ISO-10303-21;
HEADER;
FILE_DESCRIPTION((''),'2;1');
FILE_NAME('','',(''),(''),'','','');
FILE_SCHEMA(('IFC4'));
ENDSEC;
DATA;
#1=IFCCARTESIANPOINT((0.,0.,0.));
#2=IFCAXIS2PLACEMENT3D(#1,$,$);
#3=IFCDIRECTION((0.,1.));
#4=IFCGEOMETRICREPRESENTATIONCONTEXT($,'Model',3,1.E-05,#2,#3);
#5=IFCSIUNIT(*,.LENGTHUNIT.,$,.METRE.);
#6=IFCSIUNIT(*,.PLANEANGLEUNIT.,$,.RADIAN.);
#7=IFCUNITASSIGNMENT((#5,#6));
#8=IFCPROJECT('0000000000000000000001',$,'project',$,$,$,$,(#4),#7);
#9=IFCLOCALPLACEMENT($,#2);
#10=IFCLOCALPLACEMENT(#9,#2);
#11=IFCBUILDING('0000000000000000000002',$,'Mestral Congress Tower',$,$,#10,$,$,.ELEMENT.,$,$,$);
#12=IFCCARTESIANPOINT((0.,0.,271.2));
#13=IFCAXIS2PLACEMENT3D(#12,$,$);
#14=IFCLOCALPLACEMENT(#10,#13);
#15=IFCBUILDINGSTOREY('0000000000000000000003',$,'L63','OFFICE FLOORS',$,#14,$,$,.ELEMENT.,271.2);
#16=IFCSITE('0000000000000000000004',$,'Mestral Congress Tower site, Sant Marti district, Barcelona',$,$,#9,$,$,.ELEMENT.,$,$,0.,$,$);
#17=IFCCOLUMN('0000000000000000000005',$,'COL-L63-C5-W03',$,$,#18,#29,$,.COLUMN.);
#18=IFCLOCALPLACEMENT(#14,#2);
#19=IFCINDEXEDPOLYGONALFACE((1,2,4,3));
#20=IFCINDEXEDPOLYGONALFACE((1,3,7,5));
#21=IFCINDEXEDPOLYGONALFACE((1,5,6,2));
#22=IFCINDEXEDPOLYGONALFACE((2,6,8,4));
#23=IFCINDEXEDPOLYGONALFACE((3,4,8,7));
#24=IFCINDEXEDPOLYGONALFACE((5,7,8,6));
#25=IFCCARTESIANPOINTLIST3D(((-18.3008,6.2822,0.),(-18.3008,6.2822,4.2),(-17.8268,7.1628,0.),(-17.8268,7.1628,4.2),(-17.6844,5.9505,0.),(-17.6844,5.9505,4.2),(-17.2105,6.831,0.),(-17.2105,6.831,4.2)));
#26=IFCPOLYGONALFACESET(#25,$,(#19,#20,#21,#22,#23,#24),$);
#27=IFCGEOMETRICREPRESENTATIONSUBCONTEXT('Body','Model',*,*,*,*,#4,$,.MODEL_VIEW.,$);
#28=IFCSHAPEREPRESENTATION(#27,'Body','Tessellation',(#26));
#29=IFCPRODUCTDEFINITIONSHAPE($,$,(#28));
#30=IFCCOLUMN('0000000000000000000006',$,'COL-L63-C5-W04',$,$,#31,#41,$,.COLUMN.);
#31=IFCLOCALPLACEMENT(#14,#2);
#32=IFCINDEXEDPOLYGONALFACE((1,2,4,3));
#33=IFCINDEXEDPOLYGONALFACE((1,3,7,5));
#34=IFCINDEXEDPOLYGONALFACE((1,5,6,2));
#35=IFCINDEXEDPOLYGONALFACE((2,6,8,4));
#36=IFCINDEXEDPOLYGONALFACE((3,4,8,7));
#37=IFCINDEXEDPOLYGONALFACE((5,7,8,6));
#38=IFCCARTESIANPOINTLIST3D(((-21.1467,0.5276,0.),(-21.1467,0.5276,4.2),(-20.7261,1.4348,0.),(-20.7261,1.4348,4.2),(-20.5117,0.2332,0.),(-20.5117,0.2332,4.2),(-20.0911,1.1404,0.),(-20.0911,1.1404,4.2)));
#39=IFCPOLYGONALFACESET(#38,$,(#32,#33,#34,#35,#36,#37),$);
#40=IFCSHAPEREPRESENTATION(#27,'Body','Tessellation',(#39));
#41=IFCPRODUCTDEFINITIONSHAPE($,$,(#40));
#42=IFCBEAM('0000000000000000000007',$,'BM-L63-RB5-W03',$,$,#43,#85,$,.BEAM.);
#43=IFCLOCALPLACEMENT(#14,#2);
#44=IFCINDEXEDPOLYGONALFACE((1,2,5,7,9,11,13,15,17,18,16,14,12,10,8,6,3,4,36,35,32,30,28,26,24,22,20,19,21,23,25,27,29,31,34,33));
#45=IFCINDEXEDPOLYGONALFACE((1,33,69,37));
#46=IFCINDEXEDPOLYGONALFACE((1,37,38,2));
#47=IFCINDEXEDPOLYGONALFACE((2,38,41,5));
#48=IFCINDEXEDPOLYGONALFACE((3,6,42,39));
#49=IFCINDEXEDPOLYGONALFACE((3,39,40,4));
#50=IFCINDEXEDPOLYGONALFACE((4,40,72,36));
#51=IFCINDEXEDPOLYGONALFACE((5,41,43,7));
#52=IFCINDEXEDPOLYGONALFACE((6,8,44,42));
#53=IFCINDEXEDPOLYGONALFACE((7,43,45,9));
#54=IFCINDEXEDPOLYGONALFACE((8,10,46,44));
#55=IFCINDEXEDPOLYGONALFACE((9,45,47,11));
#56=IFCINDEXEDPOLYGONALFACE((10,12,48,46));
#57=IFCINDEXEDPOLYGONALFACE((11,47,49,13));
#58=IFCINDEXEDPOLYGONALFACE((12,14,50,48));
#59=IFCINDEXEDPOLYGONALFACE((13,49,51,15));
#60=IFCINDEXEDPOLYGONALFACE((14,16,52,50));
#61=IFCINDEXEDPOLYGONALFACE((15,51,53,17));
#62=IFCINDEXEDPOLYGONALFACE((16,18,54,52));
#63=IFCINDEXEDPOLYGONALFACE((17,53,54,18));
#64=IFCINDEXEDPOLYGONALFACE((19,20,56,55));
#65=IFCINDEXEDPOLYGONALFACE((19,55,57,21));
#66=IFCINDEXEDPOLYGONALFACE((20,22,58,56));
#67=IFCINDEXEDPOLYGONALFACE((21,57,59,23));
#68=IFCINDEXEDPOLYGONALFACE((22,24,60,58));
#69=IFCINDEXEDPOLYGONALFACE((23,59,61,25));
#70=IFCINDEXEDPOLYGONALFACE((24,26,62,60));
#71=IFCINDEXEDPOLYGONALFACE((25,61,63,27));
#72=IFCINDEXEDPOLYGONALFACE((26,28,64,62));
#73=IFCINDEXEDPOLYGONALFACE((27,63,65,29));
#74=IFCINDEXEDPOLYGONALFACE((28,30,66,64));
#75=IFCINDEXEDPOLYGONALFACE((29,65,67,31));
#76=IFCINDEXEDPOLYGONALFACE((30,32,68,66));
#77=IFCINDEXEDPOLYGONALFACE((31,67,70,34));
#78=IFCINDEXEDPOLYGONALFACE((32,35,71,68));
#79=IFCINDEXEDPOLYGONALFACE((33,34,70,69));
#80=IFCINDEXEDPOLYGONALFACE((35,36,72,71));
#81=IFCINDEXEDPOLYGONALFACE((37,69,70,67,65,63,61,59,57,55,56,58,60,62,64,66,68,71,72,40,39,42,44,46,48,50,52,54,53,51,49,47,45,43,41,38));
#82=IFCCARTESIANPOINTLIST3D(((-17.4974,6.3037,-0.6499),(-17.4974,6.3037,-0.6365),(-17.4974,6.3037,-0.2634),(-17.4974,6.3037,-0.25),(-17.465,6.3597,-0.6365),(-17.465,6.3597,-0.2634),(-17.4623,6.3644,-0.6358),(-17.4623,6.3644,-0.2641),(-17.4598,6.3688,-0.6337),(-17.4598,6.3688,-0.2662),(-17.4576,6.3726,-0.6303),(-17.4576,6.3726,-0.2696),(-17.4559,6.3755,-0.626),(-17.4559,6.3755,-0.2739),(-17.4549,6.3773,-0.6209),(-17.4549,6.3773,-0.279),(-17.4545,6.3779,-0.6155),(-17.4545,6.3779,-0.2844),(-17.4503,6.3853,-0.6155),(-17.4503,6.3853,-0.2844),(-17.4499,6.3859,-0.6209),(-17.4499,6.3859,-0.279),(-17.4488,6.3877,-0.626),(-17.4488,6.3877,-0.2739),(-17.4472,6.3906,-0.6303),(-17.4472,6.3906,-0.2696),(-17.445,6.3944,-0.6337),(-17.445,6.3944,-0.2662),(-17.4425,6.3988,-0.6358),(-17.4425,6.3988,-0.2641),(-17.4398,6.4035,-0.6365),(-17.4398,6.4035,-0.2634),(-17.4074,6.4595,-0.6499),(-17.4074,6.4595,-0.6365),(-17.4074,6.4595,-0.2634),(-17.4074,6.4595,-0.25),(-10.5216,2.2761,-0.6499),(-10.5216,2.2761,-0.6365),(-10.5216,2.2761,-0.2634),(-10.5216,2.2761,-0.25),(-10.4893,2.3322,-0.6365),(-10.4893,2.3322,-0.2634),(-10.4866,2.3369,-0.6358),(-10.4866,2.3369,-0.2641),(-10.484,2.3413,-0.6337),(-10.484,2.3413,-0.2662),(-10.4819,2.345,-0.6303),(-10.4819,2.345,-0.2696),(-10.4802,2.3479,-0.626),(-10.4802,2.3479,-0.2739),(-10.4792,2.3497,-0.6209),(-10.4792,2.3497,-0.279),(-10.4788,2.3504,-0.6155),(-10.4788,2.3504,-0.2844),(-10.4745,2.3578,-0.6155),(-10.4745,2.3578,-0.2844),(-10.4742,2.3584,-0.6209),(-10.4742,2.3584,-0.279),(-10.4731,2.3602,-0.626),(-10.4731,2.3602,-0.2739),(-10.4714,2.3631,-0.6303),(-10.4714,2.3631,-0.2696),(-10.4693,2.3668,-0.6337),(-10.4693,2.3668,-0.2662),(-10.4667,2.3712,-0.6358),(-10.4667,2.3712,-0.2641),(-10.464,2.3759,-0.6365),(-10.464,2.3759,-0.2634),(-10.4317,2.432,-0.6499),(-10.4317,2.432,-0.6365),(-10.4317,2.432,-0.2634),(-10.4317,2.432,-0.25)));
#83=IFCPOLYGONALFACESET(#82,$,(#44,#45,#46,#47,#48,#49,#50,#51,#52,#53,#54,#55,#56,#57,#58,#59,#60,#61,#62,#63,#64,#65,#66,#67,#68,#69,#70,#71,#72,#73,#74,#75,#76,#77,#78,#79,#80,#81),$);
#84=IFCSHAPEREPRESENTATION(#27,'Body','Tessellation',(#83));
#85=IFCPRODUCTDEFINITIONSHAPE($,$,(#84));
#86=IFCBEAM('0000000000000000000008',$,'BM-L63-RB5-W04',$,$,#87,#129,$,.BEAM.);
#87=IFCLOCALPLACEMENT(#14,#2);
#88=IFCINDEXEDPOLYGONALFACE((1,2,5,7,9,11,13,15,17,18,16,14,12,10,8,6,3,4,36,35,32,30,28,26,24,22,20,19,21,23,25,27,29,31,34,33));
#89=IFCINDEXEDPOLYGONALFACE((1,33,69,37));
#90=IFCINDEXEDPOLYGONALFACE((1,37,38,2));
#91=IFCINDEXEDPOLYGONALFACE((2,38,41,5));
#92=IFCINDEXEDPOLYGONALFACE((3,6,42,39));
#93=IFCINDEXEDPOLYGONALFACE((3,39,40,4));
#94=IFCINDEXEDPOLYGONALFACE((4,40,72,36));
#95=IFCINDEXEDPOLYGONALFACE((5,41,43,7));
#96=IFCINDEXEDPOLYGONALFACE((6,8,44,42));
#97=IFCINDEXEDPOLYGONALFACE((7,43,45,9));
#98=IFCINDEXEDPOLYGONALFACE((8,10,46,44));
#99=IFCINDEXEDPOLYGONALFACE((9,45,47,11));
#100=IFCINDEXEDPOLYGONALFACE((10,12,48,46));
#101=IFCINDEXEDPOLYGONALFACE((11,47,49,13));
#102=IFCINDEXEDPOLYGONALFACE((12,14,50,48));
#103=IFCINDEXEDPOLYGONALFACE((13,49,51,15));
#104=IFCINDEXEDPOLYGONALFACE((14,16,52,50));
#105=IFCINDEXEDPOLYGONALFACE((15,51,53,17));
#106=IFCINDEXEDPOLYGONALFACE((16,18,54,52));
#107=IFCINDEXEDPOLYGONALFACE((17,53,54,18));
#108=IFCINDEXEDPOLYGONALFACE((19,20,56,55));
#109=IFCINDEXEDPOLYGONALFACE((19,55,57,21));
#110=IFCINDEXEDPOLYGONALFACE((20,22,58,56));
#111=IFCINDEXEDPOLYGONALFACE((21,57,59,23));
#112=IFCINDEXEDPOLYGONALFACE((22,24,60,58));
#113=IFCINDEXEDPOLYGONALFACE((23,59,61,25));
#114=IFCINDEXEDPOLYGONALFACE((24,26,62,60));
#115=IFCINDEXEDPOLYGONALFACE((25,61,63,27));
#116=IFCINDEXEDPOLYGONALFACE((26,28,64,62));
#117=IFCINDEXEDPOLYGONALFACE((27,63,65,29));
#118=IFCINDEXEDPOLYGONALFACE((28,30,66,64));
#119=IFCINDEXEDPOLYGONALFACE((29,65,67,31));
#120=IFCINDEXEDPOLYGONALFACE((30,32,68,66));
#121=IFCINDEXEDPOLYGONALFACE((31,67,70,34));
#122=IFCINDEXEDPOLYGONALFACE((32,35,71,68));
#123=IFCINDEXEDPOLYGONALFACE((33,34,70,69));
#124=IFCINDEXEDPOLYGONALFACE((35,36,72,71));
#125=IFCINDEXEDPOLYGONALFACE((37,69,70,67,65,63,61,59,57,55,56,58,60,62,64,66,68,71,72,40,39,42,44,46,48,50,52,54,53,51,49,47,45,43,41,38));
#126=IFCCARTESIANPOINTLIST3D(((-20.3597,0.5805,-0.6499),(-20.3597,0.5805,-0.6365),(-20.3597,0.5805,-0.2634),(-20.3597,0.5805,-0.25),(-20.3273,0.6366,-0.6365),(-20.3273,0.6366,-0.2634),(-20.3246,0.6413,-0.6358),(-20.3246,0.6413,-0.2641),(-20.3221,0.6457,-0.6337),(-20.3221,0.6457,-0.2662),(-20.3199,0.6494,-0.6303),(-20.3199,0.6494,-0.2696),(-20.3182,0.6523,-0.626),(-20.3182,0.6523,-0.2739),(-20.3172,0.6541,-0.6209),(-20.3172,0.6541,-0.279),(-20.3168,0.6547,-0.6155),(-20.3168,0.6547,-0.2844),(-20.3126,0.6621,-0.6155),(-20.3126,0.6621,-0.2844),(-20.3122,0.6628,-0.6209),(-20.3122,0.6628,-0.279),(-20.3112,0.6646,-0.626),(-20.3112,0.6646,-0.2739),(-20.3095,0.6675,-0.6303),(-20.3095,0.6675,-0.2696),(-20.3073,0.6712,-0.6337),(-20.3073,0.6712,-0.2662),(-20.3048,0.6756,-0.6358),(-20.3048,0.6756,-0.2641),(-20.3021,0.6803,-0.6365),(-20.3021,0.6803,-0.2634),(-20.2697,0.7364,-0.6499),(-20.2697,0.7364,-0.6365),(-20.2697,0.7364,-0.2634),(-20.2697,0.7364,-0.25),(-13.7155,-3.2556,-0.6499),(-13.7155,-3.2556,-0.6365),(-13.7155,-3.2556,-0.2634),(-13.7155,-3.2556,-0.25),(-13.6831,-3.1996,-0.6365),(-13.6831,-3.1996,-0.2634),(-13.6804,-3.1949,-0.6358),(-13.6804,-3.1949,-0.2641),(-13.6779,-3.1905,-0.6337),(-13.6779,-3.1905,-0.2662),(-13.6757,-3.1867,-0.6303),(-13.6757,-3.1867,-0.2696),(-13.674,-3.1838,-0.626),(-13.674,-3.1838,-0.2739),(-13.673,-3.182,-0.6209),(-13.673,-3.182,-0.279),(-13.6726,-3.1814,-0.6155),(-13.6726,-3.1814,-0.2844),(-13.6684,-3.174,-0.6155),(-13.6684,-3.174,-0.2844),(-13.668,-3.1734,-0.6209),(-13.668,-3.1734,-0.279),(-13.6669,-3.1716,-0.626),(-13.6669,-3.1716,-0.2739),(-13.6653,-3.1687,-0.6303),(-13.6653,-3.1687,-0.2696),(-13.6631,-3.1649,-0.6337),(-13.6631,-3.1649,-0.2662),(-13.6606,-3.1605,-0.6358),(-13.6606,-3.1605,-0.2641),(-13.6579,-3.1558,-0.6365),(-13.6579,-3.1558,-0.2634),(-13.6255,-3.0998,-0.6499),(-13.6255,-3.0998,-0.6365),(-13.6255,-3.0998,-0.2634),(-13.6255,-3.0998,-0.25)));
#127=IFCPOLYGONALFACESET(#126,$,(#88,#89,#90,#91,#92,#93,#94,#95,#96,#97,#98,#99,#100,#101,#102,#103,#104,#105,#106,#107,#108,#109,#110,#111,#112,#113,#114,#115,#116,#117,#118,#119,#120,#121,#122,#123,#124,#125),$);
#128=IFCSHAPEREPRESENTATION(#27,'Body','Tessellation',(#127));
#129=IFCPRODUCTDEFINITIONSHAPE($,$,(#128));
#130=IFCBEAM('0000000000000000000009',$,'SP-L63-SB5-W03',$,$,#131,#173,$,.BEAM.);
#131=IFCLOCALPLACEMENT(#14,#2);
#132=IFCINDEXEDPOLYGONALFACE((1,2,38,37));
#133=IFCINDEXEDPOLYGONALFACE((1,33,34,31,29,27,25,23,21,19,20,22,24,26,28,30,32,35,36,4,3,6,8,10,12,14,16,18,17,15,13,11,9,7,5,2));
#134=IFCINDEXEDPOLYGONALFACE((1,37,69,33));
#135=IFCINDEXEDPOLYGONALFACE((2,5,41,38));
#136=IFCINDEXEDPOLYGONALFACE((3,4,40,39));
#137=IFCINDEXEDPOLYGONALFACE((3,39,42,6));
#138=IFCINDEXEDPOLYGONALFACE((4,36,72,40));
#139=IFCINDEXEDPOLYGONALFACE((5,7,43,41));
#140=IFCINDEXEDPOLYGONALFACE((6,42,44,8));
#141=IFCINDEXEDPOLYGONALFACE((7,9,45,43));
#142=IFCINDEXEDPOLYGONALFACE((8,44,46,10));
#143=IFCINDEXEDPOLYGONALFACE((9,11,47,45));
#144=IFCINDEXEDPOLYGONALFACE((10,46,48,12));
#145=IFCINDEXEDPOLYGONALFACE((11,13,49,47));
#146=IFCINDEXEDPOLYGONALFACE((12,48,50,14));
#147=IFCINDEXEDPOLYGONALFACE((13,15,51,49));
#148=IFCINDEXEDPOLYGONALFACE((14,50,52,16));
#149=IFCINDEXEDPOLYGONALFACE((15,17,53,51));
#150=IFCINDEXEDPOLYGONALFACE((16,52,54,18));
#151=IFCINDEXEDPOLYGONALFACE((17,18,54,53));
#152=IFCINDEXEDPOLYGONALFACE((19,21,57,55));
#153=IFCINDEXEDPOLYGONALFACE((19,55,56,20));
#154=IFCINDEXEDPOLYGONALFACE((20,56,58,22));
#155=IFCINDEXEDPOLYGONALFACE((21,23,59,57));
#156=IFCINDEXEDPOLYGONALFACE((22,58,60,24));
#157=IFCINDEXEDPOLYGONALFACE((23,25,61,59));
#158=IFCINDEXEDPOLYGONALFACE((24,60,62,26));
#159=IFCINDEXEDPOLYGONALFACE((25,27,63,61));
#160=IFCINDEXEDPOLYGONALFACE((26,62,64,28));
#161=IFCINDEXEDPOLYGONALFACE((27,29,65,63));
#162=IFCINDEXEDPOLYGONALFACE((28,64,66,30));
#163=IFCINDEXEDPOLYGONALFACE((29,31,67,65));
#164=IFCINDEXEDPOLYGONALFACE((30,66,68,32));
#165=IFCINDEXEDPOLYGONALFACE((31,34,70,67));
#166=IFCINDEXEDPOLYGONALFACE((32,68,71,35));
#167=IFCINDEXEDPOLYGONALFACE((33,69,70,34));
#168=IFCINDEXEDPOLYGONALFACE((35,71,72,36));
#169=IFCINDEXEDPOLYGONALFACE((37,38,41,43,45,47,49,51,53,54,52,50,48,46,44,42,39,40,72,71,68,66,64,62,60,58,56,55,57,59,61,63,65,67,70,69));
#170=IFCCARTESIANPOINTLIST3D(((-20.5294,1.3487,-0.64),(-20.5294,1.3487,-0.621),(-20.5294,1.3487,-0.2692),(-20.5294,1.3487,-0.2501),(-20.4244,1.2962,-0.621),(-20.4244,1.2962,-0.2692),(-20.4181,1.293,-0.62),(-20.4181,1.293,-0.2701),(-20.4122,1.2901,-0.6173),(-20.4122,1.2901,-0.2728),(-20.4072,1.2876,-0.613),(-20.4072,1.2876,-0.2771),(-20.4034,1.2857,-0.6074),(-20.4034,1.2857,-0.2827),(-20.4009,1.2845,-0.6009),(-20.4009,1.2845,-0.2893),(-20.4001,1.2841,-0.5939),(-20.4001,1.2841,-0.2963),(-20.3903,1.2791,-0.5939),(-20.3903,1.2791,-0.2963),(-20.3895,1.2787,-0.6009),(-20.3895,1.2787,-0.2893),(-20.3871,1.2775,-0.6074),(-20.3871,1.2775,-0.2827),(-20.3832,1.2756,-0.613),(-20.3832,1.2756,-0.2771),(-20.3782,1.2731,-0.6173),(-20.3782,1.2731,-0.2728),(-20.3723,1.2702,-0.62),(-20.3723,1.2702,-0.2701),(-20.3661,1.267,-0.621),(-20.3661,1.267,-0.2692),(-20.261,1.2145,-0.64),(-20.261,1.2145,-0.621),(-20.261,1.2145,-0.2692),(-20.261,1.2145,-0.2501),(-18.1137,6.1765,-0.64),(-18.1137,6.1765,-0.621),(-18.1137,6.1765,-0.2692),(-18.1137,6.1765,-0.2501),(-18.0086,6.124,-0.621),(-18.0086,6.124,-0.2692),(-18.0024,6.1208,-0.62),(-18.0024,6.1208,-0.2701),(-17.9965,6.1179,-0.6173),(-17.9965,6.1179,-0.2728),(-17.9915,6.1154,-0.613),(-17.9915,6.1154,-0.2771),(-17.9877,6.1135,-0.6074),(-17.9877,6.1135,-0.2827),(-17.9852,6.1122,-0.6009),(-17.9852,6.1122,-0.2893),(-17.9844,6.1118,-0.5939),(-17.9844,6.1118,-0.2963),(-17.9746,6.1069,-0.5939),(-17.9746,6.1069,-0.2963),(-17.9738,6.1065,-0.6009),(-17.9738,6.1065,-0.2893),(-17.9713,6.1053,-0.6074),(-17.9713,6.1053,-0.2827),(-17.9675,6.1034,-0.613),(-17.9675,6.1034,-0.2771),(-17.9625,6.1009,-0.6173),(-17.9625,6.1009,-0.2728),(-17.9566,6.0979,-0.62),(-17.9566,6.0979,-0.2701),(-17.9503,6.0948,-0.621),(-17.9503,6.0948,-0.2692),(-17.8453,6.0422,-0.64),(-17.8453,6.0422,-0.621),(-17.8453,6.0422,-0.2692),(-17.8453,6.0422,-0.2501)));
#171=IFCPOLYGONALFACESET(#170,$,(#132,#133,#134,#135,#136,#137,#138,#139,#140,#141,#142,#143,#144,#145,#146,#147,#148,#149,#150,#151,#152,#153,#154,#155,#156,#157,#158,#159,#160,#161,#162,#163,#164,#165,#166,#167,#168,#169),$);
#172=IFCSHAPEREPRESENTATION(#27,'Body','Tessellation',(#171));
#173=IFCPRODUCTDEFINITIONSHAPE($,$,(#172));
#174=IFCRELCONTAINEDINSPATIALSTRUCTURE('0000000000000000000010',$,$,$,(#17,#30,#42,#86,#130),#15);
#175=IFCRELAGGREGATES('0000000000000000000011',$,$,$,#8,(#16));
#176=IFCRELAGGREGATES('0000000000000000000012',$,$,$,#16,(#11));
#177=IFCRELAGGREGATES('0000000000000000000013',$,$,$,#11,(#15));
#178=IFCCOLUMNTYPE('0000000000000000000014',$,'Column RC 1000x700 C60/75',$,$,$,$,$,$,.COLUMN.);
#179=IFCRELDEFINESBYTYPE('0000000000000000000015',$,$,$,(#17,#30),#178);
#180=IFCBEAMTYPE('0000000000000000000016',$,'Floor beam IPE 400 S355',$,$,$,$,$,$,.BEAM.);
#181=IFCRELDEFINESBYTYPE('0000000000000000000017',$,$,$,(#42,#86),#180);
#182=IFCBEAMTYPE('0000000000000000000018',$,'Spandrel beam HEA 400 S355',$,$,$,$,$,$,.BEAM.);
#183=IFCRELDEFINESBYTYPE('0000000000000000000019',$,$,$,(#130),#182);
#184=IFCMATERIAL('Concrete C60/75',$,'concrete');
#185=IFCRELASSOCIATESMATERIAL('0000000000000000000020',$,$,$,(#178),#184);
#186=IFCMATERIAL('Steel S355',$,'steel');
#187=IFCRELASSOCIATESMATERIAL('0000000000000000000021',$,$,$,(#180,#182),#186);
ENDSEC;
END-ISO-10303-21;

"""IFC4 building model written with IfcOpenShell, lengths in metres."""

from ifc_helpers import new_model, si_unit, direction, frame, origin, origin_2d, place, context, subcontext, project, spatial, rectangle, i_section, extrude, material, material_profile, profile_set, type_object, element, save


model = new_model("IFC4")

# Units and contexts
model_context = context("Model", 3, precision=1e-05, world=origin(), true_north=direction((0.0, 1.0)))
body_context = subcontext(model_context, "Body", "Model", "MODEL_VIEW")
ifc_project = project(units=[si_unit("LENGTHUNIT", "METRE"), si_unit("PLANEANGLEUNIT", "RADIAN")], contexts=[model_context])

# Site, building, storey
site_placement = place(None, origin())
site = spatial("IfcSite", under=ifc_project, at=site_placement, Name="Mestral Congress Tower site, Sant Marti district, Barcelona", CompositionType="ELEMENT", RefElevation=0.0)
building_placement = place(site_placement, origin())
building = spatial("IfcBuilding", under=site, at=building_placement, Name="Mestral Congress Tower", CompositionType="ELEMENT")
storey_placement = place(building_placement, frame((0.0, 0.0, 271.2)))
storey = spatial("IfcBuildingStorey", under=building, at=storey_placement, Name="L63", Description="OFFICE FLOORS", CompositionType="ELEMENT", Elevation=271.2)

# Columns
ifc_material_1 = material(Name="Concrete C60/75", Category="concrete")
ifc_material_profile_1 = material_profile(ifc_material_1, rectangle(XDim=1.0, YDim=0.7, at=origin_2d()), Name="RC 1000x700")
ifc_profile_set_1 = profile_set([ifc_material_profile_1], Name="Concrete C60/75")
column_type = type_object("IfcColumnType", Name="Column RC 1000x700 C60/75", PredefinedType="COLUMN", material=ifc_profile_set_1)
for number, where, z_axis, x_axis, name in (
    (1, (-17.7556, 6.5566, 0.0), (0.0, 0.0, 1.0), (-0.473945, -0.880554, 0.0), "COL-L63-C5-W03"),
    (2, (-20.6189, 0.834, 0.0), (0.0, 0.0, 1.0), (-0.420596, -0.907248, 0.0), "COL-L63-C5-W04"),
):
    element("IfcColumn", number, at=place(storey_placement, frame(where, z_axis=z_axis, x_axis=x_axis)), inside=storey, type_object=column_type, Name=name, PredefinedType="COLUMN", context=body_context, shape_type="SweptSolid", body=[
        extrude(rectangle(XDim=1.0, YDim=0.7, at=origin_2d()), origin(), (0.0, 0.0, 1.0), 4.2),
    ])

# Beams
ifc_material_2 = material(Name="Steel S355", Category="steel")
ifc_material_profile_2 = material_profile(ifc_material_2, i_section(OverallWidth=0.1799, OverallDepth=0.3999, WebThickness=0.0085, FlangeThickness=0.0134, FilletRadius=0.021, at=origin_2d()), Name="IPE 400")
ifc_profile_set_2 = profile_set([ifc_material_profile_2], Name="Steel S355")
beam_type_1 = type_object("IfcBeamType", Name="Floor beam IPE 400 S355", PredefinedType="BEAM", material=ifc_profile_set_2)
beam_1_placement = place(storey_placement, frame((-17.4524, 6.3816, -0.45), z_axis=(0.866021, -0.500008, 0.0), x_axis=(0.500008, 0.866021, 0.0)))
element("IfcBeam", 3, at=beam_1_placement, inside=storey, type_object=beam_type_1, Name="BM-L63-RB5-W03", PredefinedType="BEAM", context=body_context, shape_type="SweptSolid", body=[
    extrude(i_section(OverallWidth=0.1799, OverallDepth=0.3999, WebThickness=0.0085, FlangeThickness=0.0134, FilletRadius=0.021, at=origin_2d()), origin(), (0.0, 0.0, 1.0), 8.0549),
])
beam_2_placement = place(storey_placement, frame((-20.3147, 0.6584, -0.45), z_axis=(0.86602, -0.50001, 0.0), x_axis=(0.50001, 0.86602, 0.0)))
element("IfcBeam", 4, at=beam_2_placement, inside=storey, type_object=beam_type_1, Name="BM-L63-RB5-W04", PredefinedType="BEAM", context=body_context, shape_type="SweptSolid", body=[
    extrude(i_section(OverallWidth=0.1799, OverallDepth=0.3999, WebThickness=0.0085, FlangeThickness=0.0134, FilletRadius=0.021, at=origin_2d()), origin(), (0.0, 0.0, 1.0), 7.6721),
])
ifc_material_profile_3 = material_profile(ifc_material_2, i_section(OverallWidth=0.3, OverallDepth=0.3899, WebThickness=0.011, FlangeThickness=0.019, FilletRadius=0.0271, at=origin_2d()), Name="HEA 400")
ifc_profile_set_3 = profile_set([ifc_material_profile_3], Name="Steel S355")
beam_type_2 = type_object("IfcBeamType", Name="Spandrel beam HEA 400 S355", PredefinedType="BEAM", material=ifc_profile_set_3)
beam_3_placement = place(storey_placement, frame((-17.9795, 6.1094, -0.4451), z_axis=(-0.447485, -0.894291, 0.0), x_axis=(0.894291, -0.447485, 0.0)))
element("IfcBeam", 5, at=beam_3_placement, inside=storey, type_object=beam_type_2, Name="SP-L63-SB5-W03", PredefinedType="BEAM", context=body_context, shape_type="SweptSolid", body=[
    extrude(i_section(OverallWidth=0.3, OverallDepth=0.3899, WebThickness=0.011, FlangeThickness=0.019, FilletRadius=0.0271, at=origin_2d()), origin(), (0.0, 0.0, 1.0), 5.3984),
])

save(model, "model.ifc")
